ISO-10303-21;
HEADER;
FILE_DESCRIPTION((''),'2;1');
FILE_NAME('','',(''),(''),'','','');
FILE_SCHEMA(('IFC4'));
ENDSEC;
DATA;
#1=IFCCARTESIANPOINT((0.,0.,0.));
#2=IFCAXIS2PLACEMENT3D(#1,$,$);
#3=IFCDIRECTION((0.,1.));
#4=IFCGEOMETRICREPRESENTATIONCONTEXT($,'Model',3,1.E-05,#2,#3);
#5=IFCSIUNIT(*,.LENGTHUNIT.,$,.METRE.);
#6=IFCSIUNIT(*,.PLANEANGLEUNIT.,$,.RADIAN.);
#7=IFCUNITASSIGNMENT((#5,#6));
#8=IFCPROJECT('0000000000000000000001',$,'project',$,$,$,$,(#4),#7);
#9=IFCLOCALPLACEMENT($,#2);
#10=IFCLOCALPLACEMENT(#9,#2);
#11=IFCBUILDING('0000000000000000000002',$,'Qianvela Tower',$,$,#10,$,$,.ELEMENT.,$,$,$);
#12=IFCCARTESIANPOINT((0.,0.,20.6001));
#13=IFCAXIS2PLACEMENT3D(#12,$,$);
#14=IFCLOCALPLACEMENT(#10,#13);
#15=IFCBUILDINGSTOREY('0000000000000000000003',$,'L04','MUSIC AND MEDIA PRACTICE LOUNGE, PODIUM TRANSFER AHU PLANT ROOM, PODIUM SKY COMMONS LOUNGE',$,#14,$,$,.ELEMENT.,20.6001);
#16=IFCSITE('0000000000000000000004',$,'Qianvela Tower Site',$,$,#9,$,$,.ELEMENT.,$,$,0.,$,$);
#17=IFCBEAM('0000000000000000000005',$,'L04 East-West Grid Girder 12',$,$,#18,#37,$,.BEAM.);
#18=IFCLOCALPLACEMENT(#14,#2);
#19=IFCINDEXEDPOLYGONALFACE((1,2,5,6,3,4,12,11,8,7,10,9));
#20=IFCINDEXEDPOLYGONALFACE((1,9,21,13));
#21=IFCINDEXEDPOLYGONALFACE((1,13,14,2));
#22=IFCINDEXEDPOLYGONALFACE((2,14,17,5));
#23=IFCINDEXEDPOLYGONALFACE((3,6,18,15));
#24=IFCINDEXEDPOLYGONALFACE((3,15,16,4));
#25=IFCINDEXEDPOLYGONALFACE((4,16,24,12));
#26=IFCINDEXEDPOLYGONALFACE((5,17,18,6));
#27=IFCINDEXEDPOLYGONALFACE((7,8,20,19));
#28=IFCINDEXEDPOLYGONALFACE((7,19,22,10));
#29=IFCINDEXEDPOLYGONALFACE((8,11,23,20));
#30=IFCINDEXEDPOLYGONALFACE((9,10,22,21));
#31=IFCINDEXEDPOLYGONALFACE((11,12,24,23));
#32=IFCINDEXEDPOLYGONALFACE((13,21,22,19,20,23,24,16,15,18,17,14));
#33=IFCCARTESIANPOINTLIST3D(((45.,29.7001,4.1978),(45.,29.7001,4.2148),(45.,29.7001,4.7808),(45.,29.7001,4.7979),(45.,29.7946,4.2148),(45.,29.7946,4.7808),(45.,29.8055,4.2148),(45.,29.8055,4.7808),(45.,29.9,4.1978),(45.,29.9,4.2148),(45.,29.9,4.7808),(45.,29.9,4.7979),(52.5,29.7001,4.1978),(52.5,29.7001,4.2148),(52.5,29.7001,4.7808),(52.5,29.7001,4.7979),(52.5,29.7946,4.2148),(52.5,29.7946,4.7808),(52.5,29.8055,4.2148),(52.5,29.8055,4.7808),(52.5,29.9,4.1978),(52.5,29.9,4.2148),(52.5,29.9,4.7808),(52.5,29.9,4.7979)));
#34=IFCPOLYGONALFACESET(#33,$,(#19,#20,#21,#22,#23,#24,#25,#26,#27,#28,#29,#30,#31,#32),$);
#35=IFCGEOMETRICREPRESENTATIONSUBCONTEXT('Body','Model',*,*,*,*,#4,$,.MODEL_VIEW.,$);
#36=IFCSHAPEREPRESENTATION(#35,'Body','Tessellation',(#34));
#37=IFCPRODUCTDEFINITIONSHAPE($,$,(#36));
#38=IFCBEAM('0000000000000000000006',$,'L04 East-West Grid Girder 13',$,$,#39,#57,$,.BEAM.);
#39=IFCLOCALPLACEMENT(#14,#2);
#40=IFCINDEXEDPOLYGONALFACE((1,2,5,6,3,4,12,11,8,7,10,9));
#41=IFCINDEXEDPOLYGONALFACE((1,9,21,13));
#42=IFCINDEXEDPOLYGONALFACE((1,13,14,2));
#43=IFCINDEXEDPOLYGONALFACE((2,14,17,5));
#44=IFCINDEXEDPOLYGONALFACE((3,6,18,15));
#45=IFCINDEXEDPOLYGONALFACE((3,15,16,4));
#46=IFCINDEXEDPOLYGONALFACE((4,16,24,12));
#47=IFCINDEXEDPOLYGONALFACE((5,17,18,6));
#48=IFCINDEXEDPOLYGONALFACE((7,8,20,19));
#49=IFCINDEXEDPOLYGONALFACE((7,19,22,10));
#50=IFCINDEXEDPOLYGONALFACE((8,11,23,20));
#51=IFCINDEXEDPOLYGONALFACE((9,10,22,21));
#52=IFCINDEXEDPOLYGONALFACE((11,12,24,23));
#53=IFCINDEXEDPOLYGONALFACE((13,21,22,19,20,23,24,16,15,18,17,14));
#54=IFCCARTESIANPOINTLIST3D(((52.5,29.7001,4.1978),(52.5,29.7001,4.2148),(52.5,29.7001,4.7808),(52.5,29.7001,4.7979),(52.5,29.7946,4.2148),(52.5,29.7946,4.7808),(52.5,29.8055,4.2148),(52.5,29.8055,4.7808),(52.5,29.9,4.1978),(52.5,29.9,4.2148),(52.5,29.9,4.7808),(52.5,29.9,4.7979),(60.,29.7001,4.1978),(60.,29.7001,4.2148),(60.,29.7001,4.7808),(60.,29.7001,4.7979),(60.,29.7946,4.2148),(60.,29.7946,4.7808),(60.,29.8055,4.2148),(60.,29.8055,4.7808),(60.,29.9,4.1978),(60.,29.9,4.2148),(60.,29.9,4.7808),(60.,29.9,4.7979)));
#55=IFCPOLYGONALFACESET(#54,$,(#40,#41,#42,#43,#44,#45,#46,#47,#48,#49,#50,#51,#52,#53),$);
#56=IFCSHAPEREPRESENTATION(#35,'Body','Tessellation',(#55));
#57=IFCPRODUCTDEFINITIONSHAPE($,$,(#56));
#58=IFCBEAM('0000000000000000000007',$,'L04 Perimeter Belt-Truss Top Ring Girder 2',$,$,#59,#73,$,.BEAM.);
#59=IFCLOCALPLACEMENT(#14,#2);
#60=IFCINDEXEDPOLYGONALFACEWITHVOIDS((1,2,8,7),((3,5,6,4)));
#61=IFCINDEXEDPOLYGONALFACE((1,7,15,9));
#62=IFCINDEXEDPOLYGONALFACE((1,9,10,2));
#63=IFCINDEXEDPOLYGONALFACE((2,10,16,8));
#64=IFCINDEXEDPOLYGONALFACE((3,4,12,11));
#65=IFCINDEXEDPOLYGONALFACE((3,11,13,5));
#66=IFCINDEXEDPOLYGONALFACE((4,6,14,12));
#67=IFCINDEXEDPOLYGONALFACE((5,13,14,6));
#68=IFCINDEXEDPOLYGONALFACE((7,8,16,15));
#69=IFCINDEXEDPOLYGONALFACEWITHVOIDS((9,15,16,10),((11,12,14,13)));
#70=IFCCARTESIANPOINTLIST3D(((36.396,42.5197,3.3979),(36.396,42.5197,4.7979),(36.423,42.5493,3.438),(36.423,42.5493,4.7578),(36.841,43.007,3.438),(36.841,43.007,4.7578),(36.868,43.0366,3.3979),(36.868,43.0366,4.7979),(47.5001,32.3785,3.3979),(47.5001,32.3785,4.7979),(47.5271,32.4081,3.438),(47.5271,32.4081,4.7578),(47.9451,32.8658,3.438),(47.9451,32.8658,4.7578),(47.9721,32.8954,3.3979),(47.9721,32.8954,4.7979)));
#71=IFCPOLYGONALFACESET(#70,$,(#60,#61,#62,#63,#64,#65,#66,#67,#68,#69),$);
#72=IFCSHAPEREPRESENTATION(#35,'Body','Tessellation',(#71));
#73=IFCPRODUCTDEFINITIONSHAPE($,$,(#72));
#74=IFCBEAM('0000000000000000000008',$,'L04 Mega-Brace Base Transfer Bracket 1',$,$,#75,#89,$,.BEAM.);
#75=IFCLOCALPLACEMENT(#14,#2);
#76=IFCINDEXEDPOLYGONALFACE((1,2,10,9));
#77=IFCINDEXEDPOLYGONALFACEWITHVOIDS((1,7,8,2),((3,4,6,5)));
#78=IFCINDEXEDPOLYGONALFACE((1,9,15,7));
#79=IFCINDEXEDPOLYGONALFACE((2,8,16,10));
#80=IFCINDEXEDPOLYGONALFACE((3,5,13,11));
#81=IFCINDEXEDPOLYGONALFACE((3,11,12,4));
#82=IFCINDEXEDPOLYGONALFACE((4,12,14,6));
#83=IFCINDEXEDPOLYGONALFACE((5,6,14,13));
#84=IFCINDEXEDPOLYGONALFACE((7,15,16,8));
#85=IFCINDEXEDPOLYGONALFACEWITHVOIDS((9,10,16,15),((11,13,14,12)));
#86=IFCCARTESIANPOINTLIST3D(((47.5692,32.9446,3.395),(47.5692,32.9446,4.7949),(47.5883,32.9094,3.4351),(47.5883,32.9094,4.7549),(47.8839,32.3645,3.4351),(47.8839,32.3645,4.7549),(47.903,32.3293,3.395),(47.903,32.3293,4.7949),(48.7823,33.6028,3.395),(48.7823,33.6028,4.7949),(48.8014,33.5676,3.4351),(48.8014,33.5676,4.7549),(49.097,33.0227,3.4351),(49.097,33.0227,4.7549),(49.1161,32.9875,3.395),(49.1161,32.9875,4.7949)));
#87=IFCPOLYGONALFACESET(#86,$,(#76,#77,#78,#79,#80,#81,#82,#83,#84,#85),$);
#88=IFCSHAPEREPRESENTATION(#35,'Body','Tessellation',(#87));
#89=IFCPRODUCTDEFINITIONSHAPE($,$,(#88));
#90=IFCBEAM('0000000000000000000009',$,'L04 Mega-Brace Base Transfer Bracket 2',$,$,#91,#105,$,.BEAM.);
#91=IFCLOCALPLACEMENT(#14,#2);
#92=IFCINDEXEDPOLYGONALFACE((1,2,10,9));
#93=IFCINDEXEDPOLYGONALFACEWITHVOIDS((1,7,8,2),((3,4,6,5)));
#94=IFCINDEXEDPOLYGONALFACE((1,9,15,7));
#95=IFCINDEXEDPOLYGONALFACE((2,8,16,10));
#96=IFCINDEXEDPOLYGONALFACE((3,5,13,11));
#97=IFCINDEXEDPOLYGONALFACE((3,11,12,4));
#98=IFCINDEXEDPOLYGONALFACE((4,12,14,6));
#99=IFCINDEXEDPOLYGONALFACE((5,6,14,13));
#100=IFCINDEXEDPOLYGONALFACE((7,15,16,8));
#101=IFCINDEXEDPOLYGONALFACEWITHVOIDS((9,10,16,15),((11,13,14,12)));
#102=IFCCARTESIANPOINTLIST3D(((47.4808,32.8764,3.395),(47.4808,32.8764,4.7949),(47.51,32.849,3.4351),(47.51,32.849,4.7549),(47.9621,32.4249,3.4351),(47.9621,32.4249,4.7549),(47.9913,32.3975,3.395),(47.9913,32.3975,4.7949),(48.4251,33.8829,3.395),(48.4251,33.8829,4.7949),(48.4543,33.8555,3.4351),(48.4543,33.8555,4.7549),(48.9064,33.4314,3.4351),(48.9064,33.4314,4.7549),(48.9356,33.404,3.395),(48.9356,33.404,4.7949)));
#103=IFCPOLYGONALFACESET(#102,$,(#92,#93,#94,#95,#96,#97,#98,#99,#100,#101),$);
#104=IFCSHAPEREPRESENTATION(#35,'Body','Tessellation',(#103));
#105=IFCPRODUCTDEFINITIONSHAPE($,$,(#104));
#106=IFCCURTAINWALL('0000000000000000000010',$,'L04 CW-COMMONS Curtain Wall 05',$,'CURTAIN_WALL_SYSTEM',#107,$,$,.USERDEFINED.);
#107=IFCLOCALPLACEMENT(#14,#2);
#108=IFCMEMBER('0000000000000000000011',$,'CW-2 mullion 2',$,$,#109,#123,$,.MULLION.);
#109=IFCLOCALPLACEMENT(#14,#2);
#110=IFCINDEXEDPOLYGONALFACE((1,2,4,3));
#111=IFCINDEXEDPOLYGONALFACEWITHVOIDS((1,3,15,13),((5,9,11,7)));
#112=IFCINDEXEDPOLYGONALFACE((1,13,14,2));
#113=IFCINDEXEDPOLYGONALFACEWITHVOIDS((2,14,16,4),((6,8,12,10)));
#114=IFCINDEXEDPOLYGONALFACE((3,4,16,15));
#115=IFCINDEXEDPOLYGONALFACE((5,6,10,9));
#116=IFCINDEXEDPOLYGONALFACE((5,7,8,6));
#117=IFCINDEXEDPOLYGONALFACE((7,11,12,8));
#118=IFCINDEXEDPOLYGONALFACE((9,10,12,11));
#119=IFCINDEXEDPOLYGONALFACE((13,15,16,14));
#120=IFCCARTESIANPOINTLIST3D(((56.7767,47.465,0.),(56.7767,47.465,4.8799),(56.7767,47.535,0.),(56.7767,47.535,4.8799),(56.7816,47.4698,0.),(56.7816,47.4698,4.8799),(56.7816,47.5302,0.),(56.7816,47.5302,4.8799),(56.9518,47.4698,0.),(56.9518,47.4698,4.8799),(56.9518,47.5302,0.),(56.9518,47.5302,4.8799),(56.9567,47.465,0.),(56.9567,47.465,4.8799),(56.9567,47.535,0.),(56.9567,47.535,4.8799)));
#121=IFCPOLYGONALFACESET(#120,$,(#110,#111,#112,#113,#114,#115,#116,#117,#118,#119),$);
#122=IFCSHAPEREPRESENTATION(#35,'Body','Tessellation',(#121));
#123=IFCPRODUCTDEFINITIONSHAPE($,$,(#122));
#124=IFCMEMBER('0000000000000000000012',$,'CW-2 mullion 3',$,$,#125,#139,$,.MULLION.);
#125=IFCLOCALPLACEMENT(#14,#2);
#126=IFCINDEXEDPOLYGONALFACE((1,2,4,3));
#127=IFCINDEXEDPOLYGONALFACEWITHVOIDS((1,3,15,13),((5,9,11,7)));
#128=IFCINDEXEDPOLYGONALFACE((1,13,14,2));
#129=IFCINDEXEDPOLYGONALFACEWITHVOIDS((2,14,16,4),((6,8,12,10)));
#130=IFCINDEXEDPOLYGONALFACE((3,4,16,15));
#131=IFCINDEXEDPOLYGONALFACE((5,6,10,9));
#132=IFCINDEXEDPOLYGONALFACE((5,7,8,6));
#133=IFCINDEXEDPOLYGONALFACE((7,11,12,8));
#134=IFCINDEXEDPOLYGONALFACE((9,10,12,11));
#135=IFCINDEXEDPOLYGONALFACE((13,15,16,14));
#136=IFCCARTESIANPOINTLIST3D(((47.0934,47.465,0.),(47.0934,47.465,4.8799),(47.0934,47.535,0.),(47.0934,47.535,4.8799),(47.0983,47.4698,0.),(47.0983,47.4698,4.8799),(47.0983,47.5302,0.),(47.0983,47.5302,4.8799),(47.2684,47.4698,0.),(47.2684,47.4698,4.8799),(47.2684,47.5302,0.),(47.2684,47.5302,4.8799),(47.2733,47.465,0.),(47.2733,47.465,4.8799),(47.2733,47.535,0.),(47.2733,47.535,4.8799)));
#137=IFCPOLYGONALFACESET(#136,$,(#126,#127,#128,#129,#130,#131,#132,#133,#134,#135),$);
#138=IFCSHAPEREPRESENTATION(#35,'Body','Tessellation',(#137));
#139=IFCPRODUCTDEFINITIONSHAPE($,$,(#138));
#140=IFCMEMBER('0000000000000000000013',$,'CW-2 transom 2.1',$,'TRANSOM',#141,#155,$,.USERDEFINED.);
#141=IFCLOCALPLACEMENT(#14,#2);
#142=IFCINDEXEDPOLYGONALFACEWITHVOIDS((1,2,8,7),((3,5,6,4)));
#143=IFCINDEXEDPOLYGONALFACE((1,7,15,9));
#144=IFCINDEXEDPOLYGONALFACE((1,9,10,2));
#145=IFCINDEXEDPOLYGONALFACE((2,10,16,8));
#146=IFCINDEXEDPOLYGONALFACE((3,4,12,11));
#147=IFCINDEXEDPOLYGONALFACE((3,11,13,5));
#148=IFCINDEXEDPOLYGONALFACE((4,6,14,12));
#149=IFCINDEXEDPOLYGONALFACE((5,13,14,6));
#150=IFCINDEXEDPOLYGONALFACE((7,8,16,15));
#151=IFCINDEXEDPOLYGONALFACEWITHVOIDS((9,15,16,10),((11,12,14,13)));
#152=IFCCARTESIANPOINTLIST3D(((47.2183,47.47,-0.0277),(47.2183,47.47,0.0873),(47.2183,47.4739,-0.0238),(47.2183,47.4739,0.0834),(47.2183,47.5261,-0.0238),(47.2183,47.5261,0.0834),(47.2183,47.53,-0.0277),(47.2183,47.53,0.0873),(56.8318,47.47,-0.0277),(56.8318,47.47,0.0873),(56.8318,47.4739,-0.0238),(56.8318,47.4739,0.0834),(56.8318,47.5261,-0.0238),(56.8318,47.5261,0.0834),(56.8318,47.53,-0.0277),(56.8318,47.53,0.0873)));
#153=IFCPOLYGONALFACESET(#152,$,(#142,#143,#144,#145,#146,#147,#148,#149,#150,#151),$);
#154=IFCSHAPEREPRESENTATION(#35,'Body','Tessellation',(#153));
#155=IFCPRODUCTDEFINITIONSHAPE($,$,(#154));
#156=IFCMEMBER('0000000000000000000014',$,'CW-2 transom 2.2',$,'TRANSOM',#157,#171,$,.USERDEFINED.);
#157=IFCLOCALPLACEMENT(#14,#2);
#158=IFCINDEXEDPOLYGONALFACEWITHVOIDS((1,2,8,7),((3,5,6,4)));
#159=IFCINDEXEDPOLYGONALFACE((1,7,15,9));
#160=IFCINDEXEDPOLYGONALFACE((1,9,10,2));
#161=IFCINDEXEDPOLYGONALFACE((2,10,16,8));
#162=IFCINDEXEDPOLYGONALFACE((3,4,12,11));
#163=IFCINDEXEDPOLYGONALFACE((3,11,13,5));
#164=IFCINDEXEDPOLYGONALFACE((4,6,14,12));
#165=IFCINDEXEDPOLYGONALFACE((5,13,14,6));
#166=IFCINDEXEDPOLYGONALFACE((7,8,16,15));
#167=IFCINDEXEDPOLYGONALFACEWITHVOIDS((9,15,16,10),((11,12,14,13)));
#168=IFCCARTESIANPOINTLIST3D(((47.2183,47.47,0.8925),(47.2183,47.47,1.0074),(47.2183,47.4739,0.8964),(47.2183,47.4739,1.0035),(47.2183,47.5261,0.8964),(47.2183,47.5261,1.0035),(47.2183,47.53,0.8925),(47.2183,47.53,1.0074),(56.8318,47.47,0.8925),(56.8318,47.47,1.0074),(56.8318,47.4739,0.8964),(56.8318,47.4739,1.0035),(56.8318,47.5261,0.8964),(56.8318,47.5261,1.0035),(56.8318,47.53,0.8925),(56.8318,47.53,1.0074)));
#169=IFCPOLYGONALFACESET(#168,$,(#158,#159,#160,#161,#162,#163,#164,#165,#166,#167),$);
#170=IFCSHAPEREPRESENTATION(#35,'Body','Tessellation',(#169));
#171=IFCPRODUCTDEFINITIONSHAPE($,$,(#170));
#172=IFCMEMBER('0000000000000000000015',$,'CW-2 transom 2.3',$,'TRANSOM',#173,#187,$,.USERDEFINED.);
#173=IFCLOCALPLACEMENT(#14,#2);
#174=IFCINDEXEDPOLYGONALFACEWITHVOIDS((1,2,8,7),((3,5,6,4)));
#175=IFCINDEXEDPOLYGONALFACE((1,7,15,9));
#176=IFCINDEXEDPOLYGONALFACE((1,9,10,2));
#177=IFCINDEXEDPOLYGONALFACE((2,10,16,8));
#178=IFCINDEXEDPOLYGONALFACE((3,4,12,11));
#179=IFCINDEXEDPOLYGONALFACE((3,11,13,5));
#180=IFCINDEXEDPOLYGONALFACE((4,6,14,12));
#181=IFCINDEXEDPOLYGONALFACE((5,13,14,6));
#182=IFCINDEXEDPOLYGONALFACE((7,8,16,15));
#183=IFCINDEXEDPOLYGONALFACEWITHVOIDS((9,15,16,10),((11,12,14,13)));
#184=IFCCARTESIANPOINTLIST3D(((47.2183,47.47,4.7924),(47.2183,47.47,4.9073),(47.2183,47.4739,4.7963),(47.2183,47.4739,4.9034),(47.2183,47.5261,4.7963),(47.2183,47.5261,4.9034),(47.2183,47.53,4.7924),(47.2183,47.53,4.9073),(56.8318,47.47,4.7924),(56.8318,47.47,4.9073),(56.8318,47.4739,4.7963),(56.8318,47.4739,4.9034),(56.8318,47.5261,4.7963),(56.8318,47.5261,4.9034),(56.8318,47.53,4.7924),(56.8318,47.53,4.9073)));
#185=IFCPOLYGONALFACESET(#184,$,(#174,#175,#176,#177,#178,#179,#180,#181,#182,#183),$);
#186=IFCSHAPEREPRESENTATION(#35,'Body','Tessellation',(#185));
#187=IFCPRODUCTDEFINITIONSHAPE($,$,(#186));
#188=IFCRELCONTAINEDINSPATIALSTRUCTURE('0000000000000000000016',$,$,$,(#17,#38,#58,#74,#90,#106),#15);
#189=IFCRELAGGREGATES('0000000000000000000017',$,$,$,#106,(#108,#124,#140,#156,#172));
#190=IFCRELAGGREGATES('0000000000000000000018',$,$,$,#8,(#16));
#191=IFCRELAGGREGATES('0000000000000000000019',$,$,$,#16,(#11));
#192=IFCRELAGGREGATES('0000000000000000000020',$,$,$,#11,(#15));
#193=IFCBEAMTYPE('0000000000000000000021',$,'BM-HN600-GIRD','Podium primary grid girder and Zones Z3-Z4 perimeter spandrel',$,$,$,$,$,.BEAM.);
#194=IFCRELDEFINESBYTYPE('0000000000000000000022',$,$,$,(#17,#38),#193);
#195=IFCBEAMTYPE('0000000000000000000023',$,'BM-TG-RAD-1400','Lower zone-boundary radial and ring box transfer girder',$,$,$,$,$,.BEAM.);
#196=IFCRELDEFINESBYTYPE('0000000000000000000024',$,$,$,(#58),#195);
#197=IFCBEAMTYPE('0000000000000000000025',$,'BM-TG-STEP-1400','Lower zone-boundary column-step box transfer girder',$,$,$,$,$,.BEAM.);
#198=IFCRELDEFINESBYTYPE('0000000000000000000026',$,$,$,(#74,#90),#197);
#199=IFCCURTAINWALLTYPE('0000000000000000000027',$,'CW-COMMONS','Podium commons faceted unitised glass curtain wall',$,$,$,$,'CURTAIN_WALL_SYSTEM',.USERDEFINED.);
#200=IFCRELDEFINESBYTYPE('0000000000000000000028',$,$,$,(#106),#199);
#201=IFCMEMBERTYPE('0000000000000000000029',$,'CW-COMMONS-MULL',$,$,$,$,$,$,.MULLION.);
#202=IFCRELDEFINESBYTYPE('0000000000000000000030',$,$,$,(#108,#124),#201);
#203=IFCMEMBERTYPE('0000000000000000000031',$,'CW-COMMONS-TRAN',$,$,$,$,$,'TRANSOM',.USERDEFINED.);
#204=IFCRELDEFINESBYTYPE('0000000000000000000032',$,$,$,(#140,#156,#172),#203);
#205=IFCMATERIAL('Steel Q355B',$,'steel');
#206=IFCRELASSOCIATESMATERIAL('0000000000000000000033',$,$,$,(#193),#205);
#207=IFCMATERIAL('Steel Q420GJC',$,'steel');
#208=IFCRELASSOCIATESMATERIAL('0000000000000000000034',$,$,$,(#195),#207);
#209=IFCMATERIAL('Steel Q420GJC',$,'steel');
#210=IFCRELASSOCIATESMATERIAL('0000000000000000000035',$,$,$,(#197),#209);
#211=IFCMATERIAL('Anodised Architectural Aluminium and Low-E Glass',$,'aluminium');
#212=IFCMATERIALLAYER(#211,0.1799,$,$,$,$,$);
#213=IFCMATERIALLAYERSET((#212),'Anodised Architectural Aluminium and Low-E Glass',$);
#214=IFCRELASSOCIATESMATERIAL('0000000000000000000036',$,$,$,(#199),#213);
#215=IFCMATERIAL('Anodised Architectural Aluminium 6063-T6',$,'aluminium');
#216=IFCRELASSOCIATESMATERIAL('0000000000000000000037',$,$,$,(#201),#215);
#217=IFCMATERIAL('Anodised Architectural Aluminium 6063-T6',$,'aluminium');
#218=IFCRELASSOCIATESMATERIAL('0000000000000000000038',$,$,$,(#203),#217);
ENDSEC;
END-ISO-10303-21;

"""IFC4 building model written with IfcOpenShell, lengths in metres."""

from ifc_helpers import new_model, si_unit, direction, frame, origin, origin_2d, place, context, subcontext, project, spatial, hollow_rectangle, i_section, extrude, material, layer, layer_set, material_profile, profile_set, type_object, element, aggregate, save


model = new_model("IFC4")

# Units and contexts
model_context = context("Model", 3, precision=1e-05, world=origin(), true_north=direction((0.0, 1.0)))
body_context = subcontext(model_context, "Body", "Model", "MODEL_VIEW")
ifc_project = project(units=[si_unit("LENGTHUNIT", "METRE"), si_unit("PLANEANGLEUNIT", "RADIAN")], contexts=[model_context])

# Site, building, storey
site_placement = place(None, origin())
site = spatial("IfcSite", under=ifc_project, at=site_placement, Name="Qianvela Tower Site", CompositionType="ELEMENT", RefElevation=0.0)
building_placement = place(site_placement, origin())
building = spatial("IfcBuilding", under=site, at=building_placement, Name="Qianvela Tower", CompositionType="ELEMENT")
storey_placement = place(building_placement, frame((0.0, 0.0, 20.6001)))
storey = spatial("IfcBuildingStorey", under=building, at=storey_placement, Name="L04", Description="MUSIC AND MEDIA PRACTICE LOUNGE, PODIUM TRANSFER AHU PLANT ROOM, PODIUM SKY COMMONS LOUNGE", CompositionType="ELEMENT", Elevation=20.6001)

# Beams
ifc_material_1 = material(Name="Steel Q355B", Category="steel")
ifc_material_profile_1 = material_profile(ifc_material_1, i_section(OverallWidth=0.2, OverallDepth=0.6001, WebThickness=0.011, FlangeThickness=0.0171, at=origin_2d()), Name="HN600x200x11x17")
ifc_profile_set_1 = profile_set([ifc_material_profile_1], Name="Steel Q355B")
beam_type_1 = type_object("IfcBeamType", Name="BM-HN600-GIRD", Description="Podium primary grid girder and Zones Z3-Z4 perimeter spandrel", PredefinedType="BEAM", material=ifc_profile_set_1)
for number, where, z_axis, x_axis, name in (
    (1, (45.0, 29.8, 4.4978), (1.0, 0.0, 0.0), (0.0, 1.0, 0.0), "L04 East-West Grid Girder 12"),
    (2, (52.5, 29.8, 4.4978), (1.0, 0.0, 0.0), (0.0, 1.0, 0.0), "L04 East-West Grid Girder 13"),
):
    element("IfcBeam", number, at=place(storey_placement, frame(where, z_axis=z_axis, x_axis=x_axis)), inside=storey, type_object=beam_type_1, Name=name, PredefinedType="BEAM", context=body_context, shape_type="SweptSolid", body=[
        extrude(i_section(OverallWidth=0.2, OverallDepth=0.6001, WebThickness=0.011, FlangeThickness=0.0171, at=origin_2d()), origin(), (0.0, 0.0, 1.0), 7.5),
    ])
ifc_material_2 = material(Name="Steel Q420GJC", Category="steel")
ifc_material_profile_2 = material_profile(ifc_material_2, hollow_rectangle(XDim=0.7, YDim=1.3999, WallThickness=0.04, at=origin_2d()), Name="TG-BOX-1400x700x40")
ifc_profile_set_2 = profile_set([ifc_material_profile_2], Name="Steel Q420GJC")
beam_type_2 = type_object("IfcBeamType", Name="BM-TG-RAD-1400", Description="Lower zone-boundary radial and ring box transfer girder", PredefinedType="BEAM", material=ifc_profile_set_2)
beam_placement = place(storey_placement, frame((47.7361, 32.637, 4.0979), z_axis=(-0.738397, 0.674366, 0.0), x_axis=(-0.674366, -0.738397, 0.0)))
element("IfcBeam", 3, at=beam_placement, inside=storey, type_object=beam_type_2, Name="L04 Perimeter Belt-Truss Top Ring Girder 2", PredefinedType="BEAM", context=body_context, shape_type="SweptSolid", body=[
    extrude(hollow_rectangle(XDim=0.7, YDim=1.3999, WallThickness=0.04, at=origin_2d()), origin(), (0.0, 0.0, 1.0), 15.0381),
])
ifc_material_3 = material(Name="Steel Q420GJC", Category="steel")
ifc_material_profile_3 = material_profile(ifc_material_3, hollow_rectangle(XDim=0.7, YDim=1.3999, WallThickness=0.04, at=origin_2d()), Name="TG-BOX-1400x700x40")
ifc_profile_set_3 = profile_set([ifc_material_profile_3], Name="Steel Q420GJC")
beam_type_3 = type_object("IfcBeamType", Name="BM-TG-STEP-1400", Description="Lower zone-boundary column-step box transfer girder", PredefinedType="BEAM", material=ifc_profile_set_3)
for number, where, z_axis, x_axis, name in (
    (4, (47.7361, 32.637, 4.095), (0.878961, 0.476893, 0.0), (-0.476893, 0.878961, 0.0), "L04 Mega-Brace Base Transfer Bracket 1"),
    (5, (47.7361, 32.637, 4.095), (0.684194, 0.7293, 0.0), (-0.7293, 0.684194, 0.0), "L04 Mega-Brace Base Transfer Bracket 2"),
):
    element("IfcBeam", number, at=place(storey_placement, frame(where, z_axis=z_axis, x_axis=x_axis)), inside=storey, type_object=beam_type_3, Name=name, PredefinedType="BEAM", context=body_context, shape_type="SweptSolid", body=[
        extrude(hollow_rectangle(XDim=0.7, YDim=1.3999, WallThickness=0.04, at=origin_2d()), origin(), (0.0, 0.0, 1.0), 1.3801),
    ])

# Curtain wall, members
ifc_material_4 = material(Name="Anodised Architectural Aluminium and Low-E Glass", Category="aluminium")
ifc_layer_1 = layer(ifc_material_4, 0.1799)
ifc_layer_set_1 = layer_set([ifc_layer_1], Name="Anodised Architectural Aluminium and Low-E Glass")
curtain_wall_type = type_object("IfcCurtainWallType", Name="CW-COMMONS", Description="Podium commons faceted unitised glass curtain wall", ElementType="CURTAIN_WALL_SYSTEM", PredefinedType="USERDEFINED", material=ifc_layer_set_1)
curtain_wall_placement = place(storey_placement, origin())
curtain_wall = element("IfcCurtainWall", 6, at=curtain_wall_placement, inside=storey, type_object=curtain_wall_type, Name="L04 CW-COMMONS Curtain Wall 05", ObjectType="CURTAIN_WALL_SYSTEM", PredefinedType="USERDEFINED")
ifc_material_5 = material(Name="Anodised Architectural Aluminium 6063-T6", Category="aluminium")
ifc_material_profile_4 = material_profile(ifc_material_5, hollow_rectangle(XDim=0.0701, YDim=0.1799, WallThickness=0.0049, at=origin_2d()), Name="ALU-MULL-70x180")
ifc_profile_set_4 = profile_set([ifc_material_profile_4], Name="Anodised Architectural Aluminium 6063-T6")
member_type_1 = type_object("IfcMemberType", Name="CW-COMMONS-MULL", PredefinedType="MULLION", material=ifc_profile_set_4)
member_1_placement = place(storey_placement, frame((56.8667, 47.5, 0.0), z_axis=(0.0, 0.0, 1.0), x_axis=(0.0, -1.0, 0.0)))
member_1 = element("IfcMember", 7, at=member_1_placement, type_object=member_type_1, Name="CW-2 mullion 2", PredefinedType="MULLION", context=body_context, shape_type="SweptSolid", body=[
    extrude(hollow_rectangle(XDim=0.0701, YDim=0.1799, WallThickness=0.0049, at=origin_2d()), origin(), (0.0, 0.0, 1.0), 4.8799),
])
member_2_placement = place(storey_placement, frame((47.1833, 47.5, 0.0), z_axis=(0.0, 0.0, 1.0), x_axis=(0.0, -1.0, 0.0)))
member_2 = element("IfcMember", 8, at=member_2_placement, type_object=member_type_1, Name="CW-2 mullion 3", PredefinedType="MULLION", context=body_context, shape_type="SweptSolid", body=[
    extrude(hollow_rectangle(XDim=0.0701, YDim=0.1799, WallThickness=0.0049, at=origin_2d()), origin(), (0.0, 0.0, 1.0), 4.8799),
])
ifc_material_6 = material(Name="Anodised Architectural Aluminium 6063-T6", Category="aluminium")
ifc_material_profile_5 = material_profile(ifc_material_6, hollow_rectangle(XDim=0.0601, YDim=0.115, WallThickness=0.0039, at=origin_2d()), Name="ALU-TRAN-60x115")
ifc_profile_set_5 = profile_set([ifc_material_profile_5], Name="Anodised Architectural Aluminium 6063-T6")
member_type_2 = type_object("IfcMemberType", Name="CW-COMMONS-TRAN", ElementType="TRANSOM", PredefinedType="USERDEFINED", material=ifc_profile_set_5)
member_3_placement = place(storey_placement, frame((56.8318, 47.5, 0.0298), z_axis=(-1.0, 0.0, 0.0), x_axis=(0.0, -1.0, 0.0)))
member_3 = element("IfcMember", 9, at=member_3_placement, type_object=member_type_2, Name="CW-2 transom 2.1", ObjectType="TRANSOM", PredefinedType="USERDEFINED", context=body_context, shape_type="SweptSolid", body=[
    extrude(hollow_rectangle(XDim=0.0601, YDim=0.115, WallThickness=0.0039, at=origin_2d()), origin(), (0.0, 0.0, 1.0), 9.6135),
])
member_4_placement = place(storey_placement, frame((56.8318, 47.5, 0.95), z_axis=(-1.0, 0.0, 0.0), x_axis=(0.0, -1.0, 0.0)))
member_4 = element("IfcMember", 10, at=member_4_placement, type_object=member_type_2, Name="CW-2 transom 2.2", ObjectType="TRANSOM", PredefinedType="USERDEFINED", context=body_context, shape_type="SweptSolid", body=[
    extrude(hollow_rectangle(XDim=0.0601, YDim=0.115, WallThickness=0.0039, at=origin_2d()), origin(), (0.0, 0.0, 1.0), 9.6135),
])
member_5_placement = place(storey_placement, frame((56.8318, 47.5, 4.8499), z_axis=(-1.0, 0.0, 0.0), x_axis=(0.0, -1.0, 0.0)))
member_5 = element("IfcMember", 11, at=member_5_placement, type_object=member_type_2, Name="CW-2 transom 2.3", ObjectType="TRANSOM", PredefinedType="USERDEFINED", context=body_context, shape_type="SweptSolid", body=[
    extrude(hollow_rectangle(XDim=0.0601, YDim=0.115, WallThickness=0.0039, at=origin_2d()), origin(), (0.0, 0.0, 1.0), 9.6135),
])
aggregate(curtain_wall, [member_1, member_2, member_3, member_4, member_5])

save(model, "model.ifc")
